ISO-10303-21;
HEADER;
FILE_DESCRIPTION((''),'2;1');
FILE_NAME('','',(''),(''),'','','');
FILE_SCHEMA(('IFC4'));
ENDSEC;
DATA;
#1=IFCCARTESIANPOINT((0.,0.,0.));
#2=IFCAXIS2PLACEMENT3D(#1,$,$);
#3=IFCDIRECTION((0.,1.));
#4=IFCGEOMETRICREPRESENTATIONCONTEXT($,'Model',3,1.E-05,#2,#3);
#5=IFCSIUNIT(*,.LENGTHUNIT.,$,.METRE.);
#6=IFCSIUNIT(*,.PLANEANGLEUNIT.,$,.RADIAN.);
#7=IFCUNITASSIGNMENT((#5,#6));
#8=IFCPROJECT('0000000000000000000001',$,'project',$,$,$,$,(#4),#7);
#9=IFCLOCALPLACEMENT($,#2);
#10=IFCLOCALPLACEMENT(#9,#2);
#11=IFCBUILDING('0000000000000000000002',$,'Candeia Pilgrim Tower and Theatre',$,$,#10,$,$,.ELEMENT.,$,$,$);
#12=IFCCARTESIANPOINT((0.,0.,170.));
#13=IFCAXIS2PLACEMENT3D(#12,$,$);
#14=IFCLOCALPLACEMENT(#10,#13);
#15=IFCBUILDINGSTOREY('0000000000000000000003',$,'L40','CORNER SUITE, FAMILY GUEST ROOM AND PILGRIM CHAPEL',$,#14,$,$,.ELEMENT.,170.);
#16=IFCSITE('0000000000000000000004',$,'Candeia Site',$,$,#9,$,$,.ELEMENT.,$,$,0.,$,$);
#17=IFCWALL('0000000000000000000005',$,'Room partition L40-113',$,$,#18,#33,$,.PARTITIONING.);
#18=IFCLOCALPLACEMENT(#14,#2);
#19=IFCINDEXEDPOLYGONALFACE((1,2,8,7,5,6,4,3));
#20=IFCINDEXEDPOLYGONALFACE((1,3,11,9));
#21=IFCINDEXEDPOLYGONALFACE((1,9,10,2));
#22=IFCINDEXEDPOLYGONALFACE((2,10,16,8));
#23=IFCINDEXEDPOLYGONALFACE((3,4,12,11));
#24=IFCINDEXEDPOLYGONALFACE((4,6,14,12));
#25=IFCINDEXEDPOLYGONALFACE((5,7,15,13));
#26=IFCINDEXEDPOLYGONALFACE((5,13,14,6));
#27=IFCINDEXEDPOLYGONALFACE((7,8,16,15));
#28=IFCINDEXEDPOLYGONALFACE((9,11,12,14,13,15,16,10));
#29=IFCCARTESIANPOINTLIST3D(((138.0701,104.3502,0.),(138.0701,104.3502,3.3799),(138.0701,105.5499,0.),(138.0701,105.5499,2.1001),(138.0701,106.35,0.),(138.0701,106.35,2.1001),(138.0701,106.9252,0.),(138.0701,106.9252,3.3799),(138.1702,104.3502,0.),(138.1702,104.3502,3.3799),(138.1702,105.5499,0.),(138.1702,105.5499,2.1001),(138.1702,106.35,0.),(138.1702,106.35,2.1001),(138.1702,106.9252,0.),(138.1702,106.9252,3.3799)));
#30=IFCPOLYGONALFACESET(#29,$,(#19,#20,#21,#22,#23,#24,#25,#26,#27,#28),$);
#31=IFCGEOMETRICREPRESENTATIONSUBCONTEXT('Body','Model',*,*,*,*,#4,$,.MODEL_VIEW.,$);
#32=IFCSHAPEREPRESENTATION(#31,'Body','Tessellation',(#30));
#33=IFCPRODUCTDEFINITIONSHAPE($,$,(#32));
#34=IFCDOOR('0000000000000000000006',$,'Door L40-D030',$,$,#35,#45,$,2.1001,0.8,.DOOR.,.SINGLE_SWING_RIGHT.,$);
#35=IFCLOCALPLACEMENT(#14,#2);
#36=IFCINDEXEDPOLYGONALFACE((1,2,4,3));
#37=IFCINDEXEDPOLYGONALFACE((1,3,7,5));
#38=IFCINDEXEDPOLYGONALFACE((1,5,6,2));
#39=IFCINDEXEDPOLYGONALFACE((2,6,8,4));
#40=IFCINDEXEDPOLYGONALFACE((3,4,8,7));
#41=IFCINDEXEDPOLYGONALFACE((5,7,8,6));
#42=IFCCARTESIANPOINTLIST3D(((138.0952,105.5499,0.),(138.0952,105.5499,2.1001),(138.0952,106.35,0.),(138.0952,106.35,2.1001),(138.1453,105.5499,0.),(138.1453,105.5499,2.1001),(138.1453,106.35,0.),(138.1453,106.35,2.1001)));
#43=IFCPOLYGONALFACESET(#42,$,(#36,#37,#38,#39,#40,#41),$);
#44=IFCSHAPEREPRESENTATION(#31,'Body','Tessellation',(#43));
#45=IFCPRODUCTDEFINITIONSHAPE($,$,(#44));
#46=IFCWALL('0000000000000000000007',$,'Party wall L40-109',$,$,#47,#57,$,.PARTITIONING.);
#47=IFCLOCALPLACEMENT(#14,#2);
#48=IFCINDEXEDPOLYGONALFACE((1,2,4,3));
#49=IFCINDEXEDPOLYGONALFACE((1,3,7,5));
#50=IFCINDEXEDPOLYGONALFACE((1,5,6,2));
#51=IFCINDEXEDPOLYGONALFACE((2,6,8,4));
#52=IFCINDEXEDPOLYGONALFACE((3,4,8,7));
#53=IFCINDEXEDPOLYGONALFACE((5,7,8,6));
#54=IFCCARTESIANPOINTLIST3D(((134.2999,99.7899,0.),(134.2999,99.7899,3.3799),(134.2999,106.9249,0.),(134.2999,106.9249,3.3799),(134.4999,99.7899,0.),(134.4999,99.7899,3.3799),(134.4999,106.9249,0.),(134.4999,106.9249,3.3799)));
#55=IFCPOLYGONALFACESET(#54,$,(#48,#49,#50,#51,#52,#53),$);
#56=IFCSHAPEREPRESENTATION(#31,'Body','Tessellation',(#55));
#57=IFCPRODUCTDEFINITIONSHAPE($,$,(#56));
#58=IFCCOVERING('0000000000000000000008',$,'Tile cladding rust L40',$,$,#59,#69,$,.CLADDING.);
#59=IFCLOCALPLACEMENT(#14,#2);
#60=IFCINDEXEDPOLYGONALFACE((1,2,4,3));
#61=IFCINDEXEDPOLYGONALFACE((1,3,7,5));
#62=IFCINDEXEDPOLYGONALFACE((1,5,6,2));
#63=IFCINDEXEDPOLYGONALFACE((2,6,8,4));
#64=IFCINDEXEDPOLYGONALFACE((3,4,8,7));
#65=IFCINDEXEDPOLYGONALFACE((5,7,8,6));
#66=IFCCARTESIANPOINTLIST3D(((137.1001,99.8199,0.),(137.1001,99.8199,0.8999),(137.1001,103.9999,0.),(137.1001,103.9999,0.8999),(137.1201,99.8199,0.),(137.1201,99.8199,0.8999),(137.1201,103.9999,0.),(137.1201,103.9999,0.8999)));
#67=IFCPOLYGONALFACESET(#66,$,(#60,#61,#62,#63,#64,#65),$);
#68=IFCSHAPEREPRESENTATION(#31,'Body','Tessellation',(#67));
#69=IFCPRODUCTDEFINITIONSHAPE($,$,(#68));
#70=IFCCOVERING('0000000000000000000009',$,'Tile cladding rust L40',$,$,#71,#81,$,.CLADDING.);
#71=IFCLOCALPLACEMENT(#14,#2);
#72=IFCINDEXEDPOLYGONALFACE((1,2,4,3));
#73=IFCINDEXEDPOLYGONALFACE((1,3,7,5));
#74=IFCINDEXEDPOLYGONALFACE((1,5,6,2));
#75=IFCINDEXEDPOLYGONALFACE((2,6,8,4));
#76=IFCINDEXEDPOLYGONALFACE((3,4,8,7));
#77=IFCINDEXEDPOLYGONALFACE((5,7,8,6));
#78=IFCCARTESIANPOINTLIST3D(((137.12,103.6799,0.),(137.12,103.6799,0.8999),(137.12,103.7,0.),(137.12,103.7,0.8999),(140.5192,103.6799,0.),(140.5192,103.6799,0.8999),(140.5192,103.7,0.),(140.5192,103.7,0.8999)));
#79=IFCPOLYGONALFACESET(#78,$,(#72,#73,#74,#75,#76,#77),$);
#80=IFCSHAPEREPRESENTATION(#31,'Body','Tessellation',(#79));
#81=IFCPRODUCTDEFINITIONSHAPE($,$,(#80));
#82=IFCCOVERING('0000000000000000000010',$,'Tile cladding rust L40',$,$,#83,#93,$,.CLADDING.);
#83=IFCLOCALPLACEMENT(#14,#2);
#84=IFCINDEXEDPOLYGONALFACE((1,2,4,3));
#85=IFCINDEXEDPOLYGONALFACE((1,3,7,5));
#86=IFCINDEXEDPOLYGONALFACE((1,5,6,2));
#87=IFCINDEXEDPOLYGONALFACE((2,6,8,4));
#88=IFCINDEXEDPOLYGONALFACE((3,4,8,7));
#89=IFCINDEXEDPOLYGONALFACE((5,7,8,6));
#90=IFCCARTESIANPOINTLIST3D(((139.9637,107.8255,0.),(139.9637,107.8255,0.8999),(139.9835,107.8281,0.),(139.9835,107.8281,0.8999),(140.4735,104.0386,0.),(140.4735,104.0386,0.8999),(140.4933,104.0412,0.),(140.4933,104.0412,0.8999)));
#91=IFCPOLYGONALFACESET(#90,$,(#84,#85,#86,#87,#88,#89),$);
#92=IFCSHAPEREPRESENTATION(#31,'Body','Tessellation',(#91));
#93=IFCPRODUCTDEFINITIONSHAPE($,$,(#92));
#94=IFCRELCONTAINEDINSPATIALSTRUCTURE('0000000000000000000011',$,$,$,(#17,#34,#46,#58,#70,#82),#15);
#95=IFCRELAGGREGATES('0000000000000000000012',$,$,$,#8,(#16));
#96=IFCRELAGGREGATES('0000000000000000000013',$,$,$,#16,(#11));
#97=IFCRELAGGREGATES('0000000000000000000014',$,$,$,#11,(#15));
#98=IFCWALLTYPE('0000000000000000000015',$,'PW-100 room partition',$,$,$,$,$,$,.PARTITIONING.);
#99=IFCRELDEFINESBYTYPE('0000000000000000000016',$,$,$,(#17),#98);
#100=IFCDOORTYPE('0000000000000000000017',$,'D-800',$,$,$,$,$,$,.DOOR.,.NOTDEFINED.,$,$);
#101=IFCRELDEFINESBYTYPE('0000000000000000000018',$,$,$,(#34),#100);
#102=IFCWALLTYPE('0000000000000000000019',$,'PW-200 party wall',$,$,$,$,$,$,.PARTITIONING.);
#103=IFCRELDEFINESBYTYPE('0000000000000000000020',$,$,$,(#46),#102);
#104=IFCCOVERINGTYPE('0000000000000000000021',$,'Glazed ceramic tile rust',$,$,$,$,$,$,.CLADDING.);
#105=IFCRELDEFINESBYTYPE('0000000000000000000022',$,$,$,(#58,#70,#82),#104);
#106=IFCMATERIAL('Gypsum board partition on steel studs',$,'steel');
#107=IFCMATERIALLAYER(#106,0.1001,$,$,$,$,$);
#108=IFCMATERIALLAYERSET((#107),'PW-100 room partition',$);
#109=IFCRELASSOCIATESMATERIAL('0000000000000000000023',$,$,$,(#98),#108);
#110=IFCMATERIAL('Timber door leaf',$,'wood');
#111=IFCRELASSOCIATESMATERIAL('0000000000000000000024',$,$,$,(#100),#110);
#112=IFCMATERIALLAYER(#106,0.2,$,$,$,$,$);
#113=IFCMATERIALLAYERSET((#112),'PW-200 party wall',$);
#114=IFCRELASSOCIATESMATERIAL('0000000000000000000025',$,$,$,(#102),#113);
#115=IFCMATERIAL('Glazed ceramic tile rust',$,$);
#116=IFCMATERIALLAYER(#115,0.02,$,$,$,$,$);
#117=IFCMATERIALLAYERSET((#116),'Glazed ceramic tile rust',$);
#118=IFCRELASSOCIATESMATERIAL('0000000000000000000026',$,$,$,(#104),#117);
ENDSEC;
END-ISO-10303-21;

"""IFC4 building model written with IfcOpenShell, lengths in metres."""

from ifc_helpers import new_model, si_unit, direction, frame, frame_2d, origin, origin_2d, place, context, subcontext, project, spatial, rectangle, extrude, material, layer, layer_set, type_object, element, fill, save


model = new_model("IFC4")

# Units and contexts
model_context = context("Model", 3, precision=1e-05, world=origin(), true_north=direction((0.0, 1.0)))
body_context = subcontext(model_context, "Body", "Model", "MODEL_VIEW")
ifc_project = project(units=[si_unit("LENGTHUNIT", "METRE"), si_unit("PLANEANGLEUNIT", "RADIAN")], contexts=[model_context])

# Site, building, storey
site_placement = place(None, origin())
site = spatial("IfcSite", under=ifc_project, at=site_placement, Name="Candeia Site", CompositionType="ELEMENT", RefElevation=0.0)
building_placement = place(site_placement, origin())
building = spatial("IfcBuilding", under=site, at=building_placement, Name="Candeia Pilgrim Tower and Theatre", CompositionType="ELEMENT")
storey_placement = place(building_placement, frame((0.0, 0.0, 170.0)))
storey = spatial("IfcBuildingStorey", under=building, at=storey_placement, Name="L40", Description="CORNER SUITE, FAMILY GUEST ROOM AND PILGRIM CHAPEL", CompositionType="ELEMENT", Elevation=170.0)

# Shared definitions
ifc_material_1 = material(Name="Gypsum board partition on steel studs", Category="steel")
ifc_layer_1 = layer(ifc_material_1, 0.1001)
ifc_layer_set_1 = layer_set([ifc_layer_1], Name="PW-100 room partition")
wall_type_1 = type_object("IfcWallType", Name="PW-100 room partition", PredefinedType="PARTITIONING", material=ifc_layer_set_1)

# Wall, opening, door
wall_1_placement = place(storey_placement, frame((138.1201, 104.3501, 0.0), z_axis=(0.0, 0.0, 1.0), x_axis=(0.0, 1.0, 0.0)))
wall_1 = element("IfcWall", 1, at=wall_1_placement, inside=storey, type_object=wall_type_1, Name="Room partition L40-113", PredefinedType="PARTITIONING", context=body_context, shape_type="SweptSolid", body=[
    extrude(rectangle(XDim=2.575, YDim=0.1001, at=frame_2d((1.2876, 0.0))), origin(), (0.0, 0.0, 1.0), 3.3799),
])
opening_1_placement = place(wall_1_placement, frame((1.2, 0.0, 0.0)))
opening_1 = element("IfcOpeningElement", 2, at=opening_1_placement, cuts=wall_1, PredefinedType="OPENING", context=body_context, shape_type="SweptSolid", body=[
    extrude(rectangle(XDim=0.8, YDim=2.1001, at=frame_2d((0.3999, 1.05))), frame((0.0, 0.0601, 0.0), z_axis=(0.0, -1.0, 0.0), x_axis=(1.0, 0.0, 0.0)), (0.0, 0.0, 1.0), 0.1201),
])
ifc_material_2 = material(Name="Timber door leaf", Category="wood")
door_type_1 = type_object("IfcDoorType", Name="D-800", OperationType="NOTDEFINED", PredefinedType="DOOR", material=ifc_material_2)
door_1_placement = place(opening_1_placement, origin())
door_1 = element("IfcDoor", 3, at=door_1_placement, inside=storey, type_object=door_type_1, Name="Door L40-D030", OperationType="SINGLE_SWING_RIGHT", OverallHeight=2.1001, OverallWidth=0.8, PredefinedType="DOOR", context=body_context, shape_type="SweptSolid", body=[
    extrude(rectangle(XDim=0.8, YDim=2.1001, at=frame_2d((0.3999, 1.05))), frame((0.0, 0.0249, 0.0), z_axis=(0.0, -1.0, 0.0), x_axis=(1.0, 0.0, 0.0)), (0.0, 0.0, 1.0), 0.05),
])
fill(opening_1, door_1)

# Wall
ifc_layer_2 = layer(ifc_material_1, 0.2)
ifc_layer_set_2 = layer_set([ifc_layer_2], Name="PW-200 party wall")
wall_type_2 = type_object("IfcWallType", Name="PW-200 party wall", PredefinedType="PARTITIONING", material=ifc_layer_set_2)
wall_2_placement = place(storey_placement, frame((134.3999, 99.79, 0.0), z_axis=(0.0, 0.0, 1.0), x_axis=(0.0, 1.0, 0.0)))
element("IfcWall", 4, at=wall_2_placement, inside=storey, type_object=wall_type_2, Name="Party wall L40-109", PredefinedType="PARTITIONING", context=body_context, shape_type="SweptSolid", body=[
    extrude(rectangle(XDim=7.135, YDim=0.2, at=frame_2d((3.5674, 0.0))), origin(), (0.0, 0.0, 1.0), 3.3799),
])

# Coverings
ifc_material_3 = material(Name="Glazed ceramic tile rust")
ifc_layer_3 = layer(ifc_material_3, 0.02)
ifc_layer_set_3 = layer_set([ifc_layer_3], Name="Glazed ceramic tile rust")
covering_type = type_object("IfcCoveringType", Name="Glazed ceramic tile rust", PredefinedType="CLADDING", material=ifc_layer_set_3)
covering_1_placement = place(storey_placement, frame((137.1101, 101.9099, 0.0), z_axis=(0.0, 0.0, 1.0), x_axis=(0.0, 1.0, 0.0)))
element("IfcCovering", 5, at=covering_1_placement, inside=storey, type_object=covering_type, Name="Tile cladding rust L40", PredefinedType="CLADDING", context=body_context, shape_type="SweptSolid", body=[
    extrude(rectangle(XDim=4.1799, YDim=0.02, at=origin_2d()), origin(), (0.0, 0.0, 1.0), 0.8999),
])
covering_2_placement = place(storey_placement, frame((138.8196, 103.6899, 0.0), z_axis=(0.0, 0.0, 1.0), x_axis=(1.0, 0.0, 0.0)))
element("IfcCovering", 6, at=covering_2_placement, inside=storey, type_object=covering_type, Name="Tile cladding rust L40", PredefinedType="CLADDING", context=body_context, shape_type="SweptSolid", body=[
    extrude(rectangle(XDim=3.3992, YDim=0.02, at=origin_2d()), origin(), (0.0, 0.0, 1.0), 0.8999),
])
covering_3_placement = place(storey_placement, frame((140.2285, 105.9333, 0.0), z_axis=(0.0, 0.0, 1.0), x_axis=(-0.133412, 0.991061, 0.0)))
element("IfcCovering", 7, at=covering_3_placement, inside=storey, type_object=covering_type, Name="Tile cladding rust L40", PredefinedType="CLADDING", context=body_context, shape_type="SweptSolid", body=[
    extrude(rectangle(XDim=3.821, YDim=0.02, at=origin_2d()), origin(), (0.0, 0.0, 1.0), 0.8999),
])

save(model, "model.ifc")
